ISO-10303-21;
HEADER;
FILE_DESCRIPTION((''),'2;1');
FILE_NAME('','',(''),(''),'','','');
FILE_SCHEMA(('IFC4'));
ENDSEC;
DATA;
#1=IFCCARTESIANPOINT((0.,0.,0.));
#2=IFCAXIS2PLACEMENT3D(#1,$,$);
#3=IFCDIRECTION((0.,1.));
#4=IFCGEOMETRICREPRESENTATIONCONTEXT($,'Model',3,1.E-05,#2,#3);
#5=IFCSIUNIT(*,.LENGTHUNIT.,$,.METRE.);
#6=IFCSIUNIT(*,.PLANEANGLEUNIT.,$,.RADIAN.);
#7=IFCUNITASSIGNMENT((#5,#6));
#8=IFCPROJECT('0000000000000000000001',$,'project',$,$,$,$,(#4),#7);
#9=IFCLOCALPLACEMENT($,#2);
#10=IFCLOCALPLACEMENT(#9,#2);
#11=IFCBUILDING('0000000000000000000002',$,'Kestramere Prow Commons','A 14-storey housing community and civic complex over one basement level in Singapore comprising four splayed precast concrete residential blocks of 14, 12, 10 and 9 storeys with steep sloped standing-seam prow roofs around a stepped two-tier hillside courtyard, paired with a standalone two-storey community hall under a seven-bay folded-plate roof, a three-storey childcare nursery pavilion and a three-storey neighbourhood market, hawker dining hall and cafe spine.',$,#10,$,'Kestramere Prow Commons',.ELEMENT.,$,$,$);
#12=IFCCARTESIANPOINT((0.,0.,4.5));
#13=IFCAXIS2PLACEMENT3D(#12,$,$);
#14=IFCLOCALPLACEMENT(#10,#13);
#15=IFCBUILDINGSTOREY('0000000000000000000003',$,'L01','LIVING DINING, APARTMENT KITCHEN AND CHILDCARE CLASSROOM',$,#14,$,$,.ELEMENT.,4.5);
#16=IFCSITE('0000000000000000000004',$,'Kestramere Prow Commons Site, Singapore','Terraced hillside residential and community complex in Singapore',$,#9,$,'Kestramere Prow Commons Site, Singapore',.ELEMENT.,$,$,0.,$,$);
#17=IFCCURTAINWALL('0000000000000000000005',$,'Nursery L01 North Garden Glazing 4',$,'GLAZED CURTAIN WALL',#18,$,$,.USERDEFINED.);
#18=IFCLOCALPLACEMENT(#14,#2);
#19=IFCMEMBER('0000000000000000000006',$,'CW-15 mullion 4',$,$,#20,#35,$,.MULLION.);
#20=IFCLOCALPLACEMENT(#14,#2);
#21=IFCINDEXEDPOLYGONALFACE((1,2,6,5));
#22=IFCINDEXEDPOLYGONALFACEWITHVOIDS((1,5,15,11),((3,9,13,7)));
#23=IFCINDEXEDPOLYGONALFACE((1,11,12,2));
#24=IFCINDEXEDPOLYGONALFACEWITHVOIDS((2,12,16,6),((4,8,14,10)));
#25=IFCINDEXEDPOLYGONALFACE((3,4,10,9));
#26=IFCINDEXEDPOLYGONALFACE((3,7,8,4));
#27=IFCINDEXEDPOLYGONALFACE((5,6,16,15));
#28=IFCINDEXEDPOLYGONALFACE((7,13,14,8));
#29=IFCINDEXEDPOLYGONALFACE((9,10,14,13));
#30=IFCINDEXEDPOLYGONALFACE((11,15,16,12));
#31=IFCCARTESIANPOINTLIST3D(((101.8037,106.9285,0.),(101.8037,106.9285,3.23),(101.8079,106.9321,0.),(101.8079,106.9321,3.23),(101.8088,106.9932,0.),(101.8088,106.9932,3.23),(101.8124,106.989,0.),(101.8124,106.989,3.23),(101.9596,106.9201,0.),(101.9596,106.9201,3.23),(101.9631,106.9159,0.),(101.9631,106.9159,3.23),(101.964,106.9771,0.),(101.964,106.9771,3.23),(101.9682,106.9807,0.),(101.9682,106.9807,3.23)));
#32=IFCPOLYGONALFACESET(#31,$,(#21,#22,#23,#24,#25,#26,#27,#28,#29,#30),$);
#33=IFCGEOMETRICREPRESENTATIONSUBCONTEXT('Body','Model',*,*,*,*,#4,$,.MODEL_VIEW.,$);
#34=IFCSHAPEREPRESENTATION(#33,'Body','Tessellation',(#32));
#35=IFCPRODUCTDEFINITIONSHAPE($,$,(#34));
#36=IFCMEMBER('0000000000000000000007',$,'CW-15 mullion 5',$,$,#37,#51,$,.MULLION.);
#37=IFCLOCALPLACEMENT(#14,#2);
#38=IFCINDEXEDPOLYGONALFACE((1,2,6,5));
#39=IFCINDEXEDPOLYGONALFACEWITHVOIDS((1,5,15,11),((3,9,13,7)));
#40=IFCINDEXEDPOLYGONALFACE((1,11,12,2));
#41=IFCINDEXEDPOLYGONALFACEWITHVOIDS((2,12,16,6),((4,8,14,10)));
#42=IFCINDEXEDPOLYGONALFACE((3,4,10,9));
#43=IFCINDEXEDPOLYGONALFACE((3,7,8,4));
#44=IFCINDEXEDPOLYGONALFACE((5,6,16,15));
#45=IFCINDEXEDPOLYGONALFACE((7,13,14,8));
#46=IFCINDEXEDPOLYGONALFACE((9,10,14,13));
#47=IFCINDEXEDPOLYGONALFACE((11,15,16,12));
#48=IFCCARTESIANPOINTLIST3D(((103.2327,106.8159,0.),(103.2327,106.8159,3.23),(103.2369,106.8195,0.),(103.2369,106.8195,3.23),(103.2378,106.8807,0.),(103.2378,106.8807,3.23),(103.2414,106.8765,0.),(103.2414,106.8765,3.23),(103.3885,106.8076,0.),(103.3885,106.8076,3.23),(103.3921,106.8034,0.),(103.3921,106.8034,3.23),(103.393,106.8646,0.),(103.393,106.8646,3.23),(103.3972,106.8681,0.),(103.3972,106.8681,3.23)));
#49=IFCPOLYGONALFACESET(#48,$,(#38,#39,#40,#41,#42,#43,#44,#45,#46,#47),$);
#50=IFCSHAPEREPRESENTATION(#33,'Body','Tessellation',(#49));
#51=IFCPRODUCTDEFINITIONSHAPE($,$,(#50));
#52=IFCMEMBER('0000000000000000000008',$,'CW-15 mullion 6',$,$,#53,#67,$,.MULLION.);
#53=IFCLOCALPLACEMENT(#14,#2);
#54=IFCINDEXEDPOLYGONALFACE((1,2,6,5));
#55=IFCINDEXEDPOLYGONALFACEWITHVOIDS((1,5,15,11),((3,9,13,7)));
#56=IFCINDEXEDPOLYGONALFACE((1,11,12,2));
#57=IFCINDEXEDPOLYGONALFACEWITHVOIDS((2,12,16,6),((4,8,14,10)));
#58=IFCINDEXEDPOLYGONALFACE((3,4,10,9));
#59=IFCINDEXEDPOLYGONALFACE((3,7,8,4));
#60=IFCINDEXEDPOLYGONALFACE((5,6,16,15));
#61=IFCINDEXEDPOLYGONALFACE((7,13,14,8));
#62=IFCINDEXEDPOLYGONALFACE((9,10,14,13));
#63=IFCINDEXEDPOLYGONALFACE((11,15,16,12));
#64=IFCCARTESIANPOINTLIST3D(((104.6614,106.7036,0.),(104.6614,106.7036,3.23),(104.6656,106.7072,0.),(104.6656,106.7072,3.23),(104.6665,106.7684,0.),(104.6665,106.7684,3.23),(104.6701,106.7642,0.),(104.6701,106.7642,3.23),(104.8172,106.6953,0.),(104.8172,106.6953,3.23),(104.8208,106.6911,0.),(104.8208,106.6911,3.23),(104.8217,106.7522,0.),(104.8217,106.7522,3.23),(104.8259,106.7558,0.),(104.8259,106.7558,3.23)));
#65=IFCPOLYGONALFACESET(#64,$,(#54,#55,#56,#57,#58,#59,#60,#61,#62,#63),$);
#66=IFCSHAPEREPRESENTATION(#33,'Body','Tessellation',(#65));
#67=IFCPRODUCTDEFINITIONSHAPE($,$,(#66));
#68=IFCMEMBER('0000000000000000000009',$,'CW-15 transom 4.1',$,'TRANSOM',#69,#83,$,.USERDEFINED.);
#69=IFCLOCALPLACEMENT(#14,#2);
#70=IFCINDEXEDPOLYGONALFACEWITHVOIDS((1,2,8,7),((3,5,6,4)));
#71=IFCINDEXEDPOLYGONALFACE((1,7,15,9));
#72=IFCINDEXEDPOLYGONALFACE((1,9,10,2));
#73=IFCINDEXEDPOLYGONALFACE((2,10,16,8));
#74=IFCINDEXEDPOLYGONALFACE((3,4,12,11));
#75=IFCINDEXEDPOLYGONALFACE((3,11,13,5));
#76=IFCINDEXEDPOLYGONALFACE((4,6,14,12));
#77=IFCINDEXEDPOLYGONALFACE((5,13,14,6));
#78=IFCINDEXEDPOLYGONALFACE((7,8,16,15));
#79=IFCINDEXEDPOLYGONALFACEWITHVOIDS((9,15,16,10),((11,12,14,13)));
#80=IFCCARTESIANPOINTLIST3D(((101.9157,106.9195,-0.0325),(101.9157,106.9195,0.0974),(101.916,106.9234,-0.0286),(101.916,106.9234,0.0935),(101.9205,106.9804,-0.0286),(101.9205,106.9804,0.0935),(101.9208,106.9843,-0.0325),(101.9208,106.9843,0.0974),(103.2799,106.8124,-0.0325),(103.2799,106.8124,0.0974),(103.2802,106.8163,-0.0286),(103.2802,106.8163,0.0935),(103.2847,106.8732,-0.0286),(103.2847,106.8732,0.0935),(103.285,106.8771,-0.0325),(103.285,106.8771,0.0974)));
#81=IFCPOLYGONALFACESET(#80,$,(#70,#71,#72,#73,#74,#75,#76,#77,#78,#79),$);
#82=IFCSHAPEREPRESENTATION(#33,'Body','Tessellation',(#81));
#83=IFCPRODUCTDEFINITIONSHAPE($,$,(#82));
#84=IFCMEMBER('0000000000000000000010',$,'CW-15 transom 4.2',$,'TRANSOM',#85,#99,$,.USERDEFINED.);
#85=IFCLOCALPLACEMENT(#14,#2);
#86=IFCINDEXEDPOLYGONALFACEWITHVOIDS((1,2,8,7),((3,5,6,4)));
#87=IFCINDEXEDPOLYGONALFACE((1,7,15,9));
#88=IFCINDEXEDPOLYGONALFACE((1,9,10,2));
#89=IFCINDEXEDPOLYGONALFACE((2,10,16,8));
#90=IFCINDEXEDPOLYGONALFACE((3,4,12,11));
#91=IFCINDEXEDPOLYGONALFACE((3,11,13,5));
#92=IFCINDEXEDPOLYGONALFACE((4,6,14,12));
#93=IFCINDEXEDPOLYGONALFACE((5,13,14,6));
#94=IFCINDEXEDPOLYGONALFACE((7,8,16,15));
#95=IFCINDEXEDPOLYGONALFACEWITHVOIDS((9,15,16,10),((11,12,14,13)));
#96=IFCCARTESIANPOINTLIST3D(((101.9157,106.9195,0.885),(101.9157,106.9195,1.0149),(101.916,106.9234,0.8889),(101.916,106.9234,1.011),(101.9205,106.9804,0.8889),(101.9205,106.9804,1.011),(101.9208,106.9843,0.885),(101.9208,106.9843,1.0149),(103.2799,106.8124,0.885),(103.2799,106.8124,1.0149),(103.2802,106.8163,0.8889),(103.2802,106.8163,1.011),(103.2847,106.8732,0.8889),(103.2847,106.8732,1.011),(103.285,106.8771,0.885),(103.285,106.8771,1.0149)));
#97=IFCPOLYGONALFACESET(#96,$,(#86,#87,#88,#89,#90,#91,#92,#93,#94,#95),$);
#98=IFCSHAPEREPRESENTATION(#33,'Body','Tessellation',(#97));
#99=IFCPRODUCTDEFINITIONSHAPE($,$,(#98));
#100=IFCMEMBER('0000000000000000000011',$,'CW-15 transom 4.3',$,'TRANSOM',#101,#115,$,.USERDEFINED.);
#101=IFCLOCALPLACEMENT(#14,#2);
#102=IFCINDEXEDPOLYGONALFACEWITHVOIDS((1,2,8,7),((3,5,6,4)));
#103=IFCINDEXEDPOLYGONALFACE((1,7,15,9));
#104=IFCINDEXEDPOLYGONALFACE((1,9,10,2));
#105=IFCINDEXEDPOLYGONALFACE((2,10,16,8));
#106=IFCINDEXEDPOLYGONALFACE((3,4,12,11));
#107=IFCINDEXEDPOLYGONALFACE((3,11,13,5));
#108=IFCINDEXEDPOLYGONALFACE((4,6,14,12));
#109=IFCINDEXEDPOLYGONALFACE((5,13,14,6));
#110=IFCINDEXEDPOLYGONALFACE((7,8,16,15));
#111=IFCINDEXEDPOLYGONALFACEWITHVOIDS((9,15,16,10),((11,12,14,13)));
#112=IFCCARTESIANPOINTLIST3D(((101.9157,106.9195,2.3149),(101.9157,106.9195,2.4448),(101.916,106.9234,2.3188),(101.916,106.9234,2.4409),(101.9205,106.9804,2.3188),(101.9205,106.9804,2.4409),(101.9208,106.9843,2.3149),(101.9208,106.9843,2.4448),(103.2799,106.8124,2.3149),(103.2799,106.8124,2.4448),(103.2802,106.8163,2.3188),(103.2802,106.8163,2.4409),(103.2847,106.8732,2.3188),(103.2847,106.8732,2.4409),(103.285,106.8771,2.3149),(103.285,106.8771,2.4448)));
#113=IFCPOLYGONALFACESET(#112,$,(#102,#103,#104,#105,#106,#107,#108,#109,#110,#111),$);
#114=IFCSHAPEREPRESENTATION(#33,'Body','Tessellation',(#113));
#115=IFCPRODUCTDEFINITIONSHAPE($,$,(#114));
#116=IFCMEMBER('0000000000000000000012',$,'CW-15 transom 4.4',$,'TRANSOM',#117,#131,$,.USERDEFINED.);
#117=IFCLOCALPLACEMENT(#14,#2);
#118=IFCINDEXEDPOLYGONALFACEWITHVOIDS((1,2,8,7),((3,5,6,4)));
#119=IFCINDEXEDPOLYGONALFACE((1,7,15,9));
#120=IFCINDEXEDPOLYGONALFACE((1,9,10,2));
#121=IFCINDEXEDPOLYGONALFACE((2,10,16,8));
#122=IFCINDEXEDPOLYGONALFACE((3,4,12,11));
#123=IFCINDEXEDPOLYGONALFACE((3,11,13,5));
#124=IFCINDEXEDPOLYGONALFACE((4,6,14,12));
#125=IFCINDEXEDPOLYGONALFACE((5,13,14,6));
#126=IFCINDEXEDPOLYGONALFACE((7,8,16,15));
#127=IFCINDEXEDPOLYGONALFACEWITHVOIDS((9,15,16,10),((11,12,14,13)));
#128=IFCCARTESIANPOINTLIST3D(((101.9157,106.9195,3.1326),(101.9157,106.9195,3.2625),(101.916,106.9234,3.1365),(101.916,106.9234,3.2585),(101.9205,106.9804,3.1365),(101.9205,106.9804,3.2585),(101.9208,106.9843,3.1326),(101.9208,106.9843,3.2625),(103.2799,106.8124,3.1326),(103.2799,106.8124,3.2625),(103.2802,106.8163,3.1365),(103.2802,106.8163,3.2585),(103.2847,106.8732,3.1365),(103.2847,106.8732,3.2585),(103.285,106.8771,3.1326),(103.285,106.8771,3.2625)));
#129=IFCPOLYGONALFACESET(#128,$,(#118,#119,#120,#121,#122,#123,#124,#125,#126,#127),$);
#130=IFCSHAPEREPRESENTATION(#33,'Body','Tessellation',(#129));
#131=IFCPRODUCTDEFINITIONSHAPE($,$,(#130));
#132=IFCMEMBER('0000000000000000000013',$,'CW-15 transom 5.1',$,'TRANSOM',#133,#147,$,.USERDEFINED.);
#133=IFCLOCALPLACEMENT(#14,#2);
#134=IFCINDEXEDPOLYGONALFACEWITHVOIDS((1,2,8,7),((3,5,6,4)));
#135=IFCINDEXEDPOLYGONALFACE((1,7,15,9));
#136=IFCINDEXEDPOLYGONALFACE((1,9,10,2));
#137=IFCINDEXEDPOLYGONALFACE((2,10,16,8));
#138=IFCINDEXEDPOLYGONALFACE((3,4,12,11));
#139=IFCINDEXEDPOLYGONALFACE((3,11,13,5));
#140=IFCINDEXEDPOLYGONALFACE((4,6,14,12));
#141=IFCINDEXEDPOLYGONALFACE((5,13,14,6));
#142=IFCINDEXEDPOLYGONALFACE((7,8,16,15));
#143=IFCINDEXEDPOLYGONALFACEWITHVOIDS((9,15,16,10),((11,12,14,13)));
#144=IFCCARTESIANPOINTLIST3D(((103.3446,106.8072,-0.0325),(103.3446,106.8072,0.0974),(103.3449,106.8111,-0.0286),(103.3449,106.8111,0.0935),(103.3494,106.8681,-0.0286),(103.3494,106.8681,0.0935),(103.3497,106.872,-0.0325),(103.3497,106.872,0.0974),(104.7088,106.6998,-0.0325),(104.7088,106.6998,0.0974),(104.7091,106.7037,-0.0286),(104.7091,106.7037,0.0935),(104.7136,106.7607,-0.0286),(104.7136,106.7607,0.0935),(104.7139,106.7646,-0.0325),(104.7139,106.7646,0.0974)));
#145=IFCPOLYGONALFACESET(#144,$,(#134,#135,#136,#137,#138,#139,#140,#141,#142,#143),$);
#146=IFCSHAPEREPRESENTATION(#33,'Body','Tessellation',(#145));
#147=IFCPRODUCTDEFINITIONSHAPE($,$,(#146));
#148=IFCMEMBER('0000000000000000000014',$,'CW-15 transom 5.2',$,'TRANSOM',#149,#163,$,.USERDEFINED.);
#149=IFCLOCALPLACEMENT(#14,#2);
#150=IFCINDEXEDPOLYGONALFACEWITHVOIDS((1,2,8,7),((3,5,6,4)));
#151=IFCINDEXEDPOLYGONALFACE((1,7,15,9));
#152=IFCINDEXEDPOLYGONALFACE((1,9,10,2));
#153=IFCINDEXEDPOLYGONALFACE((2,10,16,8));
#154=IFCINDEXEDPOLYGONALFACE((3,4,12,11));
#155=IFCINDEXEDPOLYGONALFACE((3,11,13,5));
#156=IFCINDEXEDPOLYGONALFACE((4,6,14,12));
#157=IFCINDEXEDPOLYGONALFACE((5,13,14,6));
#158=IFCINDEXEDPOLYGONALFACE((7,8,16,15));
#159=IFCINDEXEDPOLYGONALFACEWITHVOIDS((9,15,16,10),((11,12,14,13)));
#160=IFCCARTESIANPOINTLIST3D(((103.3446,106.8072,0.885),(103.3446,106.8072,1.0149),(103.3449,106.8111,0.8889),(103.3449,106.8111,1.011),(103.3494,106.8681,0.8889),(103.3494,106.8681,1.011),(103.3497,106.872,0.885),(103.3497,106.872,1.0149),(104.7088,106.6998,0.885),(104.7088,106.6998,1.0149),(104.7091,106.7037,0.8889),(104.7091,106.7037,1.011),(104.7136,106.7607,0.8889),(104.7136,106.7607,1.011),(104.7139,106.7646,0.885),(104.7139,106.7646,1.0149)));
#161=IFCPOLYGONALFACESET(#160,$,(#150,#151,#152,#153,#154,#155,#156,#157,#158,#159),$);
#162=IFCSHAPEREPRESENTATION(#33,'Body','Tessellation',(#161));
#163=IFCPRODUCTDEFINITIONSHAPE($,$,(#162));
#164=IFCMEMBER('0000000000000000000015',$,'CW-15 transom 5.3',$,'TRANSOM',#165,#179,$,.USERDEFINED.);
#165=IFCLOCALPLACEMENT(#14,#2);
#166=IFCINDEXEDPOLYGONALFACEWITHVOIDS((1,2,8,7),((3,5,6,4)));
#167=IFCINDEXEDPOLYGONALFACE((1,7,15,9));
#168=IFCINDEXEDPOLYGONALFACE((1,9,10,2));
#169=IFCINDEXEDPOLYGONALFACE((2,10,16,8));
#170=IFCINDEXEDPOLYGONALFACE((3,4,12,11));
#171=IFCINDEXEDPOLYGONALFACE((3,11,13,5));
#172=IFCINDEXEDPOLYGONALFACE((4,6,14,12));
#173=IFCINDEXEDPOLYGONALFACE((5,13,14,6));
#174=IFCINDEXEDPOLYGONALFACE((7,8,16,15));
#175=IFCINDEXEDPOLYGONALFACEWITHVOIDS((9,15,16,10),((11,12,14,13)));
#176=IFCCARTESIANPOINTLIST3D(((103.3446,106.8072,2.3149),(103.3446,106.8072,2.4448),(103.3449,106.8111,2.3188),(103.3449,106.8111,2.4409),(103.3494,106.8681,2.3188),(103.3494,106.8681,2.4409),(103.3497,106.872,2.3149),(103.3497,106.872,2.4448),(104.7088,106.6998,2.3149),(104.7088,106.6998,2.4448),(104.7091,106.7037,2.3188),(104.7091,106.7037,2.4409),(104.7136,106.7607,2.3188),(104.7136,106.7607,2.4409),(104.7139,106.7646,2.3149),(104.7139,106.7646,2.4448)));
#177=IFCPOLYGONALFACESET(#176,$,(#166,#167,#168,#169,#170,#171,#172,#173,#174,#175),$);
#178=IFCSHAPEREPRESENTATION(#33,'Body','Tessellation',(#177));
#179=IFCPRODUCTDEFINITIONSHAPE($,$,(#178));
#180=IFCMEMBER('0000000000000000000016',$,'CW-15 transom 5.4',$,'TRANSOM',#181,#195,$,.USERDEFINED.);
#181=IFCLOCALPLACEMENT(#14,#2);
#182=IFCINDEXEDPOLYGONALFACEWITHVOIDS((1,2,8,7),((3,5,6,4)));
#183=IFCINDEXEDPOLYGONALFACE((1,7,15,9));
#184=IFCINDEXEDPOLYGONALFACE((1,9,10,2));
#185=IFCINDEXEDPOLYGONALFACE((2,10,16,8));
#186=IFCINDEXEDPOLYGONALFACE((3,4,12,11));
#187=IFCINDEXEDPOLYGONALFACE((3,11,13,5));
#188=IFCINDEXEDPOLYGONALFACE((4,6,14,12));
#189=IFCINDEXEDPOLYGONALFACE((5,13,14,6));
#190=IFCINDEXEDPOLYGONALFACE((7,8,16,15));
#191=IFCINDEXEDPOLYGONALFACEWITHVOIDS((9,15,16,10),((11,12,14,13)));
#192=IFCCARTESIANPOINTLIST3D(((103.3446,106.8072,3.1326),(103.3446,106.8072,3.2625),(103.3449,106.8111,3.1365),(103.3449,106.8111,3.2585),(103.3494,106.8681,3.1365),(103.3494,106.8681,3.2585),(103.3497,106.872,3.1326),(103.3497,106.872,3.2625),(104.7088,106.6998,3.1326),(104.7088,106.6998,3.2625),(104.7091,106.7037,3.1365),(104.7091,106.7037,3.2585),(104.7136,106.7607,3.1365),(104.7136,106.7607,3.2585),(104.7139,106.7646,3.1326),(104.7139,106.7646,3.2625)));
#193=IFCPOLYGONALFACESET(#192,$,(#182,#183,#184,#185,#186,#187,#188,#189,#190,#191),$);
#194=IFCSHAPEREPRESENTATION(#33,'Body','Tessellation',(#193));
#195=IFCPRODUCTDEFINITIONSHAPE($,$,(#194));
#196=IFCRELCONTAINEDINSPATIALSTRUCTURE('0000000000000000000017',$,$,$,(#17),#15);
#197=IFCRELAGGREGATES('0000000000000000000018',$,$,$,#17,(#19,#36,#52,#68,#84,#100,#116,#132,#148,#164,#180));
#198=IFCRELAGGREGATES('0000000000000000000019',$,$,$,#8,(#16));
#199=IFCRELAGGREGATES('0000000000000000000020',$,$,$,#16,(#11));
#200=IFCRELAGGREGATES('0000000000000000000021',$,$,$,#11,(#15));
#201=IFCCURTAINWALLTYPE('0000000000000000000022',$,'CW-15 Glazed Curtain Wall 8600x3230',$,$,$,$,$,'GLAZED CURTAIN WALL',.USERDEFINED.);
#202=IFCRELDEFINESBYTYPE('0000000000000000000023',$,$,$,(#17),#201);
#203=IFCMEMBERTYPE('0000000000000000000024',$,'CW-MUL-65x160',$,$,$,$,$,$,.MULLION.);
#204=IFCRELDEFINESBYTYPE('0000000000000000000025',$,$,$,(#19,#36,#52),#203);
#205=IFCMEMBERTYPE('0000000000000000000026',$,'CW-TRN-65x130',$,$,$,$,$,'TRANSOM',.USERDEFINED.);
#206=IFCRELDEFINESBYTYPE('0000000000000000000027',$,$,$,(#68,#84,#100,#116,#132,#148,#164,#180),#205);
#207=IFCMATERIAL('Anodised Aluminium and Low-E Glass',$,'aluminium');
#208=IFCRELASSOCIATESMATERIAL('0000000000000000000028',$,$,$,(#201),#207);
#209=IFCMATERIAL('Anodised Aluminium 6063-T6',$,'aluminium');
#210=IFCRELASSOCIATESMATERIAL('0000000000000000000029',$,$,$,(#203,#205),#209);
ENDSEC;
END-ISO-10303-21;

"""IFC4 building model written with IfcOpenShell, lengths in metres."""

from ifc_helpers import new_model, si_unit, direction, frame, origin, origin_2d, place, context, subcontext, project, spatial, hollow_rectangle, extrude, material, material_profile, profile_set, type_object, element, aggregate, save


model = new_model("IFC4")

# Units and contexts
model_context = context("Model", 3, precision=1e-05, world=origin(), true_north=direction((0.0, 1.0)))
body_context = subcontext(model_context, "Body", "Model", "MODEL_VIEW")
ifc_project = project(units=[si_unit("LENGTHUNIT", "METRE"), si_unit("PLANEANGLEUNIT", "RADIAN")], contexts=[model_context])

# Site, building, storey
site_placement = place(None, origin())
site = spatial("IfcSite", under=ifc_project, at=site_placement, Name="Kestramere Prow Commons Site, Singapore", Description="Terraced hillside residential and community complex in Singapore", LongName="Kestramere Prow Commons Site, Singapore", CompositionType="ELEMENT", RefElevation=0.0)
building_placement = place(site_placement, origin())
building = spatial("IfcBuilding", under=site, at=building_placement, Name="Kestramere Prow Commons", Description="A 14-storey housing community and civic complex over one basement level in Singapore comprising four splayed precast concrete residential blocks of 14, 12, 10 and 9 storeys with steep sloped standing-seam prow roofs around a stepped two-tier hillside courtyard, paired with a standalone two-storey community hall under a seven-bay folded-plate roof, a three-storey childcare nursery pavilion and a three-storey neighbourhood market, hawker dining hall and cafe spine.", LongName="Kestramere Prow Commons", CompositionType="ELEMENT")
storey_placement = place(building_placement, frame((0.0, 0.0, 4.5)))
storey = spatial("IfcBuildingStorey", under=building, at=storey_placement, Name="L01", Description="LIVING DINING, APARTMENT KITCHEN AND CHILDCARE CLASSROOM", CompositionType="ELEMENT", Elevation=4.5)

# Curtain wall, members
ifc_material_1 = material(Name="Anodised Aluminium and Low-E Glass", Category="aluminium")
curtain_wall_type = type_object("IfcCurtainWallType", Name="CW-15 Glazed Curtain Wall 8600x3230", ElementType="GLAZED CURTAIN WALL", PredefinedType="USERDEFINED", material=ifc_material_1)
curtain_wall_placement = place(storey_placement, origin())
curtain_wall = element("IfcCurtainWall", 1, at=curtain_wall_placement, inside=storey, type_object=curtain_wall_type, Name="Nursery L01 North Garden Glazing 4", ObjectType="GLAZED CURTAIN WALL", PredefinedType="USERDEFINED")
ifc_material_2 = material(Name="Anodised Aluminium 6063-T6", Category="aluminium")
ifc_material_profile_1 = material_profile(ifc_material_2, hollow_rectangle(XDim=0.0649, YDim=0.1599, WallThickness=0.0039, at=origin_2d()), Name="ALU-MUL 65x160")
ifc_profile_set_1 = profile_set([ifc_material_profile_1], Name="Anodised Aluminium 6063-T6")
member_type_1 = type_object("IfcMemberType", Name="CW-MUL-65x160", PredefinedType="MULLION", material=ifc_profile_set_1)
member_1_placement = place(storey_placement, frame((101.886, 106.9546, 0.0), z_axis=(0.0, 0.0, 1.0), x_axis=(0.078459, 0.996917, 0.0)))
member_1 = element("IfcMember", 2, at=member_1_placement, type_object=member_type_1, Name="CW-15 mullion 4", PredefinedType="MULLION", context=body_context, shape_type="SweptSolid", body=[
    extrude(hollow_rectangle(XDim=0.0649, YDim=0.1599, WallThickness=0.0039, at=origin_2d()), origin(), (0.0, 0.0, 1.0), 3.23),
])
member_2_placement = place(storey_placement, frame((103.3149, 106.842, 0.0), z_axis=(0.0, 0.0, 1.0), x_axis=(0.078459, 0.996917, 0.0)))
member_2 = element("IfcMember", 3, at=member_2_placement, type_object=member_type_1, Name="CW-15 mullion 5", PredefinedType="MULLION", context=body_context, shape_type="SweptSolid", body=[
    extrude(hollow_rectangle(XDim=0.0649, YDim=0.1599, WallThickness=0.0039, at=origin_2d()), origin(), (0.0, 0.0, 1.0), 3.23),
])
member_3_placement = place(storey_placement, frame((104.7437, 106.7297, 0.0), z_axis=(0.0, 0.0, 1.0), x_axis=(0.078459, 0.996917, 0.0)))
member_3 = element("IfcMember", 4, at=member_3_placement, type_object=member_type_1, Name="CW-15 mullion 6", PredefinedType="MULLION", context=body_context, shape_type="SweptSolid", body=[
    extrude(hollow_rectangle(XDim=0.0649, YDim=0.1599, WallThickness=0.0039, at=origin_2d()), origin(), (0.0, 0.0, 1.0), 3.23),
])
ifc_material_profile_2 = material_profile(ifc_material_2, hollow_rectangle(XDim=0.0649, YDim=0.1299, WallThickness=0.0039, at=origin_2d()), Name="ALU-TRN 65x130")
ifc_profile_set_2 = profile_set([ifc_material_profile_2], Name="Anodised Aluminium 6063-T6")
member_type_2 = type_object("IfcMemberType", Name="CW-TRN-65x130", ElementType="TRANSOM", PredefinedType="USERDEFINED", material=ifc_profile_set_2)
member_4_placement = place(storey_placement, frame((101.9182, 106.9519, 0.0325), z_axis=(0.996928, -0.07832, 0.0), x_axis=(0.07832, 0.996928, 0.0)))
member_4 = element("IfcMember", 5, at=member_4_placement, type_object=member_type_2, Name="CW-15 transom 4.1", ObjectType="TRANSOM", PredefinedType="USERDEFINED", context=body_context, shape_type="SweptSolid", body=[
    extrude(hollow_rectangle(XDim=0.0649, YDim=0.1299, WallThickness=0.0039, at=origin_2d()), origin(), (0.0, 0.0, 1.0), 1.3684),
])
member_5_placement = place(storey_placement, frame((101.9182, 106.9519, 0.95), z_axis=(0.996928, -0.07832, 0.0), x_axis=(0.07832, 0.996928, 0.0)))
member_5 = element("IfcMember", 6, at=member_5_placement, type_object=member_type_2, Name="CW-15 transom 4.2", ObjectType="TRANSOM", PredefinedType="USERDEFINED", context=body_context, shape_type="SweptSolid", body=[
    extrude(hollow_rectangle(XDim=0.0649, YDim=0.1299, WallThickness=0.0039, at=origin_2d()), origin(), (0.0, 0.0, 1.0), 1.3684),
])
member_6_placement = place(storey_placement, frame((101.9182, 106.9519, 2.3799), z_axis=(0.996928, -0.07832, 0.0), x_axis=(0.07832, 0.996928, 0.0)))
member_6 = element("IfcMember", 7, at=member_6_placement, type_object=member_type_2, Name="CW-15 transom 4.3", ObjectType="TRANSOM", PredefinedType="USERDEFINED", context=body_context, shape_type="SweptSolid", body=[
    extrude(hollow_rectangle(XDim=0.0649, YDim=0.1299, WallThickness=0.0039, at=origin_2d()), origin(), (0.0, 0.0, 1.0), 1.3684),
])
member_7_placement = place(storey_placement, frame((101.9182, 106.9519, 3.1975), z_axis=(0.996928, -0.07832, 0.0), x_axis=(0.07832, 0.996928, 0.0)))
member_7 = element("IfcMember", 8, at=member_7_placement, type_object=member_type_2, Name="CW-15 transom 4.4", ObjectType="TRANSOM", PredefinedType="USERDEFINED", context=body_context, shape_type="SweptSolid", body=[
    extrude(hollow_rectangle(XDim=0.0649, YDim=0.1299, WallThickness=0.0039, at=origin_2d()), origin(), (0.0, 0.0, 1.0), 1.3684),
])
member_8_placement = place(storey_placement, frame((103.3472, 106.8396, 0.0325), z_axis=(0.996914, -0.078497, 0.0), x_axis=(0.078497, 0.996914, 0.0)))
member_8 = element("IfcMember", 9, at=member_8_placement, type_object=member_type_2, Name="CW-15 transom 5.1", ObjectType="TRANSOM", PredefinedType="USERDEFINED", context=body_context, shape_type="SweptSolid", body=[
    extrude(hollow_rectangle(XDim=0.0649, YDim=0.1299, WallThickness=0.0039, at=origin_2d()), origin(), (0.0, 0.0, 1.0), 1.3684),
])
member_9_placement = place(storey_placement, frame((103.3472, 106.8396, 0.95), z_axis=(0.996914, -0.078497, 0.0), x_axis=(0.078497, 0.996914, 0.0)))
member_9 = element("IfcMember", 10, at=member_9_placement, type_object=member_type_2, Name="CW-15 transom 5.2", ObjectType="TRANSOM", PredefinedType="USERDEFINED", context=body_context, shape_type="SweptSolid", body=[
    extrude(hollow_rectangle(XDim=0.0649, YDim=0.1299, WallThickness=0.0039, at=origin_2d()), origin(), (0.0, 0.0, 1.0), 1.3684),
])
member_10_placement = place(storey_placement, frame((103.3472, 106.8396, 2.3799), z_axis=(0.996914, -0.078497, 0.0), x_axis=(0.078497, 0.996914, 0.0)))
member_10 = element("IfcMember", 11, at=member_10_placement, type_object=member_type_2, Name="CW-15 transom 5.3", ObjectType="TRANSOM", PredefinedType="USERDEFINED", context=body_context, shape_type="SweptSolid", body=[
    extrude(hollow_rectangle(XDim=0.0649, YDim=0.1299, WallThickness=0.0039, at=origin_2d()), origin(), (0.0, 0.0, 1.0), 1.3684),
])
member_11_placement = place(storey_placement, frame((103.3472, 106.8396, 3.1975), z_axis=(0.996914, -0.078497, 0.0), x_axis=(0.078497, 0.996914, 0.0)))
member_11 = element("IfcMember", 12, at=member_11_placement, type_object=member_type_2, Name="CW-15 transom 5.4", ObjectType="TRANSOM", PredefinedType="USERDEFINED", context=body_context, shape_type="SweptSolid", body=[
    extrude(hollow_rectangle(XDim=0.0649, YDim=0.1299, WallThickness=0.0039, at=origin_2d()), origin(), (0.0, 0.0, 1.0), 1.3684),
])
aggregate(curtain_wall, [member_1, member_2, member_3, member_4, member_5, member_6, member_7, member_8, member_9, member_10, member_11])

save(model, "model.ifc")
